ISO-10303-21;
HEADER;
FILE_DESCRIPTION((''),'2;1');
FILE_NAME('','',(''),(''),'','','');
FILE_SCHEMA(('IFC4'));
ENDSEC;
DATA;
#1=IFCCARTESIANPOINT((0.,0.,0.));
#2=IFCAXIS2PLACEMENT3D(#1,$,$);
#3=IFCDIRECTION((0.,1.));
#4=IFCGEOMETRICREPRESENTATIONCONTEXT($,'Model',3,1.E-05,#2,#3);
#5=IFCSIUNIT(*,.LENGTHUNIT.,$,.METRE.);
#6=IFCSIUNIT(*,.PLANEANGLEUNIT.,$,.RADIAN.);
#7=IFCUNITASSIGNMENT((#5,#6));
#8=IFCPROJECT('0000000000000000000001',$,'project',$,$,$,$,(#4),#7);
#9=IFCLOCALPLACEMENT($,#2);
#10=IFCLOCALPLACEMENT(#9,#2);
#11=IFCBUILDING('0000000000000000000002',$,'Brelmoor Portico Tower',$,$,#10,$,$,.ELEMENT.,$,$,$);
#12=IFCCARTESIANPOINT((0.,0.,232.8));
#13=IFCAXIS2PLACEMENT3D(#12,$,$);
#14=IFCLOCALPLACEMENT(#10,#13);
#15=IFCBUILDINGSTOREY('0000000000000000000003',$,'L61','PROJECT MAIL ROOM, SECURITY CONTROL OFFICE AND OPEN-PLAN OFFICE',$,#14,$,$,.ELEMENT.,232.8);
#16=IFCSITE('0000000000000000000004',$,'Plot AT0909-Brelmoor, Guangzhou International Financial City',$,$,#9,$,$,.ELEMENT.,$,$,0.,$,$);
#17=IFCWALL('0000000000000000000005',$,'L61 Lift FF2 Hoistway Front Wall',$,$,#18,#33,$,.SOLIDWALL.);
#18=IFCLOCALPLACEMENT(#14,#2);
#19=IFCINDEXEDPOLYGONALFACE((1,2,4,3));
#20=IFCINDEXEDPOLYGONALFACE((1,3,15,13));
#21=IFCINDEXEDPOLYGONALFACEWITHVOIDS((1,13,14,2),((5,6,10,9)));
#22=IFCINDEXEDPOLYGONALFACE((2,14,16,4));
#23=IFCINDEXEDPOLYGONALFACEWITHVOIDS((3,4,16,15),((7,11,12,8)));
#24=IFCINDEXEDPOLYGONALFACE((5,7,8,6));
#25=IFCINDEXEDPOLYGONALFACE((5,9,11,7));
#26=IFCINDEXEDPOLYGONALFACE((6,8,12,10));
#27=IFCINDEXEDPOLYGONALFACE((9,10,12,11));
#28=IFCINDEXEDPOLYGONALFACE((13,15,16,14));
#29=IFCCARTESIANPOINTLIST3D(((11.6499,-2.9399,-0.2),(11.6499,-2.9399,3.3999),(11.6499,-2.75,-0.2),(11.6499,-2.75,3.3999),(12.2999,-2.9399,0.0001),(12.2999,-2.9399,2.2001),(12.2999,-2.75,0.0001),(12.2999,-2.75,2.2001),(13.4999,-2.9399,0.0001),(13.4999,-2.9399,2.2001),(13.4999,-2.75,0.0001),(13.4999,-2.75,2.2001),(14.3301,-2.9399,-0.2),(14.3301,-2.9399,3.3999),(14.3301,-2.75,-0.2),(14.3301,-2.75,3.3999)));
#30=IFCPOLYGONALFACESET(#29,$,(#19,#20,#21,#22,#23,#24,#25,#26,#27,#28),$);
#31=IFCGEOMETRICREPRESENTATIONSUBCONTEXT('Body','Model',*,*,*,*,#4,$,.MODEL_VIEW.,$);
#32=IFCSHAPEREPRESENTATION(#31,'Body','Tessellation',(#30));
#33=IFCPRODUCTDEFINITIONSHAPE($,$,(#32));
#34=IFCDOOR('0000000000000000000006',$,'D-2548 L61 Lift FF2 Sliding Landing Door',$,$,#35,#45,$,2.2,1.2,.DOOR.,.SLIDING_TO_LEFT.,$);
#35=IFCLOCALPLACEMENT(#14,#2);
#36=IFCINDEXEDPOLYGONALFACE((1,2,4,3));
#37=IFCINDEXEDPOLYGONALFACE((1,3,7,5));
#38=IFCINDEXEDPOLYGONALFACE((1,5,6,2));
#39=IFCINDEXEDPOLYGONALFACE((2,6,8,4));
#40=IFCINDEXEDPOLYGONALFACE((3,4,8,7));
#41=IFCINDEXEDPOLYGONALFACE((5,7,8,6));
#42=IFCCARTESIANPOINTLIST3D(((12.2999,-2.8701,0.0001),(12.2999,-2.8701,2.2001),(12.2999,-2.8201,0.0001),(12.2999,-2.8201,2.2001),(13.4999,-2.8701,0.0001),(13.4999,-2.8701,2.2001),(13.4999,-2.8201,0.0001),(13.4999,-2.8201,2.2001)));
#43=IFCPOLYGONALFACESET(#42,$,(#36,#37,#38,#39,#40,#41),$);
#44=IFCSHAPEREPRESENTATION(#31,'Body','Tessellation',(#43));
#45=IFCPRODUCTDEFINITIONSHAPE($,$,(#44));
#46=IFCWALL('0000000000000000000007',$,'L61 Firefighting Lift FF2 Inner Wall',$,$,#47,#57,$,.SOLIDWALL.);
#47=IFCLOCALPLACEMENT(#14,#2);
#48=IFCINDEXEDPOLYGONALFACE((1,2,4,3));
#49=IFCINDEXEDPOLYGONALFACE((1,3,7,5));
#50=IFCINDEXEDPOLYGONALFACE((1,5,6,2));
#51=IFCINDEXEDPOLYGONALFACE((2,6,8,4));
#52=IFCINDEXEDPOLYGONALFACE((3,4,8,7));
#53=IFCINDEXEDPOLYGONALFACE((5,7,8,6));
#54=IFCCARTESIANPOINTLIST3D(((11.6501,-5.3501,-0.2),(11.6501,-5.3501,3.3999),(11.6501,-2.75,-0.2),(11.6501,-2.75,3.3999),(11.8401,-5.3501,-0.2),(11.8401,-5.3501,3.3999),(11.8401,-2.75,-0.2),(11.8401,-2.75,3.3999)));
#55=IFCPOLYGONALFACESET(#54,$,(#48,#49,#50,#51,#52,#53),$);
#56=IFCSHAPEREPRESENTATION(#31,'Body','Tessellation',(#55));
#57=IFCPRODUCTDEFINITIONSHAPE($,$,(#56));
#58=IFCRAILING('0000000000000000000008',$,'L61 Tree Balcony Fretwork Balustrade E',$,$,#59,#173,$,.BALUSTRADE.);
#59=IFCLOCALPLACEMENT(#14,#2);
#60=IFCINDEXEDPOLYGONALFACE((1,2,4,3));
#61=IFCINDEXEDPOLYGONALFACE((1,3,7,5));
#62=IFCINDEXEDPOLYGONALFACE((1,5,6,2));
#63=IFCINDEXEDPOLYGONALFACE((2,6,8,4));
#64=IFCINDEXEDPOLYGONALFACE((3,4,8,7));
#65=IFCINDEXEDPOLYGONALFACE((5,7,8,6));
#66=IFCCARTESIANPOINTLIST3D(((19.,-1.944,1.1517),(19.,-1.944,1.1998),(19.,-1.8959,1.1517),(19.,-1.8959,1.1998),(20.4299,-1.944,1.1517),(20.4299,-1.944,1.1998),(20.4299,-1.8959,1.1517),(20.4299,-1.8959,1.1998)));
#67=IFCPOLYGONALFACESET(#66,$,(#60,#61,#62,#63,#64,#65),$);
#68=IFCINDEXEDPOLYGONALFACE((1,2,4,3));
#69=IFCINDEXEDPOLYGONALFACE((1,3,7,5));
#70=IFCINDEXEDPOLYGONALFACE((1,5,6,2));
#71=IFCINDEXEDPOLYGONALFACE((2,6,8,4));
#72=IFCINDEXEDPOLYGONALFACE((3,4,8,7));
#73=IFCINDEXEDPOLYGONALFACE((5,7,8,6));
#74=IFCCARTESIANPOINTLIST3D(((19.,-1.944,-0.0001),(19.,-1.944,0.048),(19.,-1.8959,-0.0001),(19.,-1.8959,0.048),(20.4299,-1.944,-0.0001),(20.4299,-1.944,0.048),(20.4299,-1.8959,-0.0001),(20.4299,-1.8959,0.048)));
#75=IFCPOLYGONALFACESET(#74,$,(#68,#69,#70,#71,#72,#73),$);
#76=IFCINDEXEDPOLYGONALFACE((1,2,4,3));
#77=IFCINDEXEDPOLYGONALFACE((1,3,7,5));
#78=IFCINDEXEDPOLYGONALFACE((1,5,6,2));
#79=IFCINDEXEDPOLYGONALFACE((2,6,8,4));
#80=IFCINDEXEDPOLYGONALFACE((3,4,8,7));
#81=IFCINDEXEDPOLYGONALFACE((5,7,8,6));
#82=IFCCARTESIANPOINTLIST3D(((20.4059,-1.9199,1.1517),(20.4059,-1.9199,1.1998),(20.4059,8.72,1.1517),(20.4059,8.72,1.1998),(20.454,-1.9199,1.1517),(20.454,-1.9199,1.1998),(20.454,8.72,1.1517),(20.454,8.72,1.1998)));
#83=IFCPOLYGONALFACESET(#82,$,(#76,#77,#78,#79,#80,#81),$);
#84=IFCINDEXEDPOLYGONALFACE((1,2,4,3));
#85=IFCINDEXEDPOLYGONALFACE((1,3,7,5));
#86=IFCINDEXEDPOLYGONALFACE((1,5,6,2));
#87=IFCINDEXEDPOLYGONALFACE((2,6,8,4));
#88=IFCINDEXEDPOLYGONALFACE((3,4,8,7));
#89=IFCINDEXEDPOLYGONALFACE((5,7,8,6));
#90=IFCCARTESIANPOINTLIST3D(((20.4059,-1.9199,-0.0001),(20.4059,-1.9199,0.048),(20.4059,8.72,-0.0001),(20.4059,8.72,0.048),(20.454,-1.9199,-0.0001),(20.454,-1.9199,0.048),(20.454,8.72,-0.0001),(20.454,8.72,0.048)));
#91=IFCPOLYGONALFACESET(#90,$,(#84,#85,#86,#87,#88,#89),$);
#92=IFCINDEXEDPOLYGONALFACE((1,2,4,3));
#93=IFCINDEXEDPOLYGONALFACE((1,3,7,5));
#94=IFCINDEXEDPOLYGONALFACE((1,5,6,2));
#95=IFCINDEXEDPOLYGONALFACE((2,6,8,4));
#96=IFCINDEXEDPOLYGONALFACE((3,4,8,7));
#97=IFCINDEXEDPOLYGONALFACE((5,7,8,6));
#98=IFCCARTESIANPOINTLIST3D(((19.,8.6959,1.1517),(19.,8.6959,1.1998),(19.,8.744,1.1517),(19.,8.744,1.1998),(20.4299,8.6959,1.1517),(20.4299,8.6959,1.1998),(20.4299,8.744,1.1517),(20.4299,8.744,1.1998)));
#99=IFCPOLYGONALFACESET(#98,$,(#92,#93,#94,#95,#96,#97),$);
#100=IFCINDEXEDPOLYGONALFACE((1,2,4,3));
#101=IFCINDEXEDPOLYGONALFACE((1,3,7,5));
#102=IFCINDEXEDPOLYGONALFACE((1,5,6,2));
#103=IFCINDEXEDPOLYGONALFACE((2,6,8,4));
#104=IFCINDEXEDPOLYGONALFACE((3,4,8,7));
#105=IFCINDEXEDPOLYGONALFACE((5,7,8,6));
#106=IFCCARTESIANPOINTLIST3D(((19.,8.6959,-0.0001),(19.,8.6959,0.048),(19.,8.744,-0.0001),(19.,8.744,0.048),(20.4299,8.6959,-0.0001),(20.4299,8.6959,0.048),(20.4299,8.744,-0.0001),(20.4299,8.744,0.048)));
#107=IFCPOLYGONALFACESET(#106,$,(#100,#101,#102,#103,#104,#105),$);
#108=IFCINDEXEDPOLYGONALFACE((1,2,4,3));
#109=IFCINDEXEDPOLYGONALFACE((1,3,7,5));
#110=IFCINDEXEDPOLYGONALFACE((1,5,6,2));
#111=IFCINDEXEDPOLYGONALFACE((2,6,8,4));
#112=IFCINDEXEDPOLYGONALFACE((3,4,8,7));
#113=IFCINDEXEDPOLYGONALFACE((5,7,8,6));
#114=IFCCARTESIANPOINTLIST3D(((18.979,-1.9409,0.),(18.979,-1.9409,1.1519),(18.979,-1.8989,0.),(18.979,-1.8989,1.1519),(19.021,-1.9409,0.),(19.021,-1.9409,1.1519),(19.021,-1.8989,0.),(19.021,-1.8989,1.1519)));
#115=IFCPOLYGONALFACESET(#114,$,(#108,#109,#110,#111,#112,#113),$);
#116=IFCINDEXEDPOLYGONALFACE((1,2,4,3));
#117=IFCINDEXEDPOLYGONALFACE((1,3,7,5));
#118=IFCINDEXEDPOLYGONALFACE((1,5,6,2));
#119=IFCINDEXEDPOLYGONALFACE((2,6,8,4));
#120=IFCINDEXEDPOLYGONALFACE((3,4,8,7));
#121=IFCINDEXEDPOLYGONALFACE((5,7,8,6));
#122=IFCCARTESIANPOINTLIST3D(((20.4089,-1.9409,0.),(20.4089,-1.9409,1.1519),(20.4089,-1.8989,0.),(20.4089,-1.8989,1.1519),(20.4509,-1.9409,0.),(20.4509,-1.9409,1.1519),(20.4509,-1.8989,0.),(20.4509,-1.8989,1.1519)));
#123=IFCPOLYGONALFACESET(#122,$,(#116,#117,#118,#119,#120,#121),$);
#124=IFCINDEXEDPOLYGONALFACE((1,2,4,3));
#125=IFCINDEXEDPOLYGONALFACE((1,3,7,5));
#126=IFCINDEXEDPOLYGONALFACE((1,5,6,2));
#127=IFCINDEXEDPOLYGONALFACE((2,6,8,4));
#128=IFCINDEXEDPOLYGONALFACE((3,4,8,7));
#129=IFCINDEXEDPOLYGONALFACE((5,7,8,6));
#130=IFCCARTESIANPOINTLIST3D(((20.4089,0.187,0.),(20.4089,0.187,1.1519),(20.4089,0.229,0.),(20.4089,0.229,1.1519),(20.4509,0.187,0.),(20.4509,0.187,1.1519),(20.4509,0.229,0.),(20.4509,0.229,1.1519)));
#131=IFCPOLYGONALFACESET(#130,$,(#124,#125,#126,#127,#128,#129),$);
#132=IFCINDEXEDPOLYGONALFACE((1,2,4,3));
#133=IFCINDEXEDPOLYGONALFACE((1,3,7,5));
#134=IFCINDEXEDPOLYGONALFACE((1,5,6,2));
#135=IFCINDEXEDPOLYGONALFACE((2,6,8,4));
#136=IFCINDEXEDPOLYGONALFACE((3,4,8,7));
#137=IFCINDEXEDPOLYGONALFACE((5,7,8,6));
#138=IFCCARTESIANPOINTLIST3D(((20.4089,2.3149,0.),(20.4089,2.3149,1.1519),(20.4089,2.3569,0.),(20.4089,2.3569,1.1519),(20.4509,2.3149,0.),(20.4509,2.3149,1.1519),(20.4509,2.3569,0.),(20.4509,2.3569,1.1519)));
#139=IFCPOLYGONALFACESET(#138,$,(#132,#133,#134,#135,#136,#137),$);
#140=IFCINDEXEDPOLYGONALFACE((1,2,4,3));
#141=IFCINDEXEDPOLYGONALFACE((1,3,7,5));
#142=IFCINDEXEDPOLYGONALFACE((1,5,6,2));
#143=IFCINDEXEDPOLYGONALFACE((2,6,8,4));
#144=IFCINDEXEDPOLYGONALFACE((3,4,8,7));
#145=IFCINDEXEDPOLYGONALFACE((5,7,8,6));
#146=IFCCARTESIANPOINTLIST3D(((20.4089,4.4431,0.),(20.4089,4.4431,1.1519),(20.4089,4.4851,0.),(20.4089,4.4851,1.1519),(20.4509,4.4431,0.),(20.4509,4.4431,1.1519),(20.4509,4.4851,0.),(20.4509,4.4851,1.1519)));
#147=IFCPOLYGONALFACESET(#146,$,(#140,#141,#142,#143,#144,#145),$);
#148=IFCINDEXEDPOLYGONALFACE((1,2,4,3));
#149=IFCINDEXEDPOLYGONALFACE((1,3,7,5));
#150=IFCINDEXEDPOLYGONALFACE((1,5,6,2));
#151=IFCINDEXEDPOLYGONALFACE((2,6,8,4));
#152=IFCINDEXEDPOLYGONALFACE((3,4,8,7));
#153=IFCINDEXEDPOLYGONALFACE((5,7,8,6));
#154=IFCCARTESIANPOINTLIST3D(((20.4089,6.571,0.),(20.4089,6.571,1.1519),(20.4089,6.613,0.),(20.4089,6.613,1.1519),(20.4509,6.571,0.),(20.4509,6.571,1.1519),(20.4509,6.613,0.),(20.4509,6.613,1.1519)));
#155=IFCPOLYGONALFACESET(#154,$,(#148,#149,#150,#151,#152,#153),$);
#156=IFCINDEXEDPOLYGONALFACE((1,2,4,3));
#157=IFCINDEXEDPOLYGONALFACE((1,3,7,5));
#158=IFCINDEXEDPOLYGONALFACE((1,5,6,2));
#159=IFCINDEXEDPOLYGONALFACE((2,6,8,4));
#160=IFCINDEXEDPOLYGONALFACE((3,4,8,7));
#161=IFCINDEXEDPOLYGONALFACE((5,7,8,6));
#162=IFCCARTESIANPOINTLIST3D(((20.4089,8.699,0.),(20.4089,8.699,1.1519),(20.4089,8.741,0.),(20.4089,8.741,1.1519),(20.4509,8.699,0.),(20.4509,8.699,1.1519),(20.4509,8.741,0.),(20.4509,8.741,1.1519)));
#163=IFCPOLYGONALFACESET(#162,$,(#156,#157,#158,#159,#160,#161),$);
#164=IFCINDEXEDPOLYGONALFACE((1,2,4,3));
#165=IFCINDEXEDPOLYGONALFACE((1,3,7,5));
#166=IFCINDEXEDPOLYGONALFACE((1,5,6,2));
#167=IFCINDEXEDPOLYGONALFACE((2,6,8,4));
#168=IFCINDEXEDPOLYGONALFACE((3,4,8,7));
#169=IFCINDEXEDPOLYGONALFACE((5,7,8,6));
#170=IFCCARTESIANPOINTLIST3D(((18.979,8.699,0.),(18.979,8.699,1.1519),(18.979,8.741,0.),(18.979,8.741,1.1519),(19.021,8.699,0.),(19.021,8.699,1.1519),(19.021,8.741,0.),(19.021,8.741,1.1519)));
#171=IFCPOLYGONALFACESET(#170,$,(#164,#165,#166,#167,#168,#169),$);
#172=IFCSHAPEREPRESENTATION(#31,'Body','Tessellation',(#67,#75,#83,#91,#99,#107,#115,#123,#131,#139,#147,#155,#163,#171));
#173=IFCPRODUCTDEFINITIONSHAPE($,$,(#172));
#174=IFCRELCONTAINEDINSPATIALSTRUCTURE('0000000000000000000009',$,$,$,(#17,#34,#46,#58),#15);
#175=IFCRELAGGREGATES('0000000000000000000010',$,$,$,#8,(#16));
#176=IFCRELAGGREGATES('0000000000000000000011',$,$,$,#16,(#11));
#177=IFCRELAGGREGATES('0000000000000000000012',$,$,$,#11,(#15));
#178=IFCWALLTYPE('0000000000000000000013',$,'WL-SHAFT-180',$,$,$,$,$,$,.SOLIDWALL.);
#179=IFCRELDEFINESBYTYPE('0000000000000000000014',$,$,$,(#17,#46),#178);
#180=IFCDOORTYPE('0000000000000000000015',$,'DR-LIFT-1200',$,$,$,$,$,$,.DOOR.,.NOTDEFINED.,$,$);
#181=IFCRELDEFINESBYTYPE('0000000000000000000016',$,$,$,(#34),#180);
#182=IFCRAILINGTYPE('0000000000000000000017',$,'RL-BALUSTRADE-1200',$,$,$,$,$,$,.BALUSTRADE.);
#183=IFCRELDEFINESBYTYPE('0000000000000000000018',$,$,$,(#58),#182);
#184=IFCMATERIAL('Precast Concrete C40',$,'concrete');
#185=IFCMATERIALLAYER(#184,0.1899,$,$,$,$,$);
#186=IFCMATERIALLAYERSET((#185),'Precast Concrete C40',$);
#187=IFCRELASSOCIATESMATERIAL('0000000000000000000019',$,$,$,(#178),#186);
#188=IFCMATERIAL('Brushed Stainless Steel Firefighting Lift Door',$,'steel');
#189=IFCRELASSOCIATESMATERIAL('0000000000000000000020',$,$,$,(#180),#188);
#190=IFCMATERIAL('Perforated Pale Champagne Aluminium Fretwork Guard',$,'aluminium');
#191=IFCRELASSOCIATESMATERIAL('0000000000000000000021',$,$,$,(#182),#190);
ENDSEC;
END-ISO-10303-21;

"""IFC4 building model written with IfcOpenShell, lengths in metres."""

from ifc_helpers import new_model, si_unit, direction, frame, frame_2d, origin, origin_2d, place, context, subcontext, project, spatial, rectangle, extrude, material, layer, layer_set, type_object, element, fill, save


model = new_model("IFC4")

# Units and contexts
model_context = context("Model", 3, precision=1e-05, world=origin(), true_north=direction((0.0, 1.0)))
body_context = subcontext(model_context, "Body", "Model", "MODEL_VIEW")
ifc_project = project(units=[si_unit("LENGTHUNIT", "METRE"), si_unit("PLANEANGLEUNIT", "RADIAN")], contexts=[model_context])

# Site, building, storey
site_placement = place(None, origin())
site = spatial("IfcSite", under=ifc_project, at=site_placement, Name="Plot AT0909-Brelmoor, Guangzhou International Financial City", CompositionType="ELEMENT", RefElevation=0.0)
building_placement = place(site_placement, origin())
building = spatial("IfcBuilding", under=site, at=building_placement, Name="Brelmoor Portico Tower", CompositionType="ELEMENT")
storey_placement = place(building_placement, frame((0.0, 0.0, 232.8)))
storey = spatial("IfcBuildingStorey", under=building, at=storey_placement, Name="L61", Description="PROJECT MAIL ROOM, SECURITY CONTROL OFFICE AND OPEN-PLAN OFFICE", CompositionType="ELEMENT", Elevation=232.8)

# Wall, opening, door
ifc_material_1 = material(Name="Precast Concrete C40", Category="concrete")
ifc_layer_1 = layer(ifc_material_1, 0.1899)
ifc_layer_set_1 = layer_set([ifc_layer_1], Name="Precast Concrete C40")
wall_type_1 = type_object("IfcWallType", Name="WL-SHAFT-180", PredefinedType="SOLIDWALL", material=ifc_layer_set_1)
wall_1_placement = place(storey_placement, frame((11.6499, -2.845, -0.2), z_axis=(0.0, 0.0, 1.0), x_axis=(1.0, 0.0, 0.0)))
wall_1 = element("IfcWall", 1, at=wall_1_placement, inside=storey, type_object=wall_type_1, Name="L61 Lift FF2 Hoistway Front Wall", PredefinedType="SOLIDWALL", context=body_context, shape_type="SweptSolid", body=[
    extrude(rectangle(XDim=2.6802, YDim=0.1899, at=frame_2d((1.3401, 0.0))), origin(), (0.0, 0.0, 1.0), 3.5999),
])
opening_1_placement = place(wall_1_placement, frame((0.6499, 0.0, 0.2)))
opening_1 = element("IfcOpeningElement", 2, at=opening_1_placement, cuts=wall_1, PredefinedType="OPENING", context=body_context, shape_type="SweptSolid", body=[
    extrude(rectangle(XDim=1.2, YDim=2.2, at=frame_2d((0.6001, 1.1001))), frame((0.0, 0.105, 0.0), z_axis=(0.0, -1.0, 0.0), x_axis=(1.0, 0.0, 0.0)), (0.0, 0.0, 1.0), 0.21),
])
ifc_material_2 = material(Name="Brushed Stainless Steel Firefighting Lift Door", Category="steel")
door_type_1 = type_object("IfcDoorType", Name="DR-LIFT-1200", OperationType="NOTDEFINED", PredefinedType="DOOR", material=ifc_material_2)
door_1_placement = place(opening_1_placement, origin())
door_1 = element("IfcDoor", 3, at=door_1_placement, inside=storey, type_object=door_type_1, Name="D-2548 L61 Lift FF2 Sliding Landing Door", OperationType="SLIDING_TO_LEFT", OverallHeight=2.2, OverallWidth=1.2, PredefinedType="DOOR", context=body_context, shape_type="SweptSolid", body=[
    extrude(rectangle(XDim=1.2, YDim=2.2, at=frame_2d((0.6001, 1.1001))), frame((0.0, 0.0249, 0.0), z_axis=(0.0, -1.0, 0.0), x_axis=(1.0, 0.0, 0.0)), (0.0, 0.0, 1.0), 0.05),
])
fill(opening_1, door_1)

# Wall
wall_2_placement = place(storey_placement, frame((11.7451, -5.3501, -0.2), z_axis=(0.0, 0.0, 1.0), x_axis=(0.0, 1.0, 0.0)))
element("IfcWall", 4, at=wall_2_placement, inside=storey, type_object=wall_type_1, Name="L61 Firefighting Lift FF2 Inner Wall", PredefinedType="SOLIDWALL", context=body_context, shape_type="SweptSolid", body=[
    extrude(rectangle(XDim=2.6001, YDim=0.1899, at=frame_2d((1.3, 0.0))), origin(), (0.0, 0.0, 1.0), 3.5999),
])

# Railing
ifc_material_3 = material(Name="Perforated Pale Champagne Aluminium Fretwork Guard", Category="aluminium")
railing_type = type_object("IfcRailingType", Name="RL-BALUSTRADE-1200", PredefinedType="BALUSTRADE", material=ifc_material_3)
railing_placement = place(storey_placement, frame((19.0, -1.9199, 0.0)))
element("IfcRailing", 5, at=railing_placement, inside=storey, type_object=railing_type, Name="L61 Tree Balcony Fretwork Balustrade E", PredefinedType="BALUSTRADE", context=body_context, shape_type="SweptSolid", body=[
    extrude(rectangle(XDim=0.0481, YDim=0.0481, at=origin_2d()), frame((0.0, 0.0, 1.1758), z_axis=(1.0, 0.0, 0.0), x_axis=(0.0, 1.0, 0.0)), (0.0, 0.0, 1.0), 1.4299),
    extrude(rectangle(XDim=0.0481, YDim=0.0481, at=origin_2d()), frame((0.0, 0.0, 0.0239), z_axis=(1.0, 0.0, 0.0), x_axis=(0.0, 1.0, 0.0)), (0.0, 0.0, 1.0), 1.4299),
    extrude(rectangle(XDim=0.0481, YDim=0.0481, at=origin_2d()), frame((1.4299, 0.0, 1.1758), z_axis=(0.0, 1.0, 0.0), x_axis=(-1.0, 0.0, 0.0)), (0.0, 0.0, 1.0), 10.6399),
    extrude(rectangle(XDim=0.0481, YDim=0.0481, at=origin_2d()), frame((1.4299, 0.0, 0.0239), z_axis=(0.0, 1.0, 0.0), x_axis=(-1.0, 0.0, 0.0)), (0.0, 0.0, 1.0), 10.6399),
    extrude(rectangle(XDim=0.0481, YDim=0.0481, at=origin_2d()), frame((1.4299, 10.6399, 1.1758), z_axis=(-1.0, 0.0, 0.0), x_axis=(0.0, -1.0, 0.0)), (0.0, 0.0, 1.0), 1.4299),
    extrude(rectangle(XDim=0.0481, YDim=0.0481, at=origin_2d()), frame((1.4299, 10.6399, 0.0239), z_axis=(-1.0, 0.0, 0.0), x_axis=(0.0, -1.0, 0.0)), (0.0, 0.0, 1.0), 1.4299),
    extrude(rectangle(XDim=0.042, YDim=0.042, at=origin_2d()), origin(), (0.0, 0.0, 1.0), 1.1519),
    extrude(rectangle(XDim=0.042, YDim=0.042, at=origin_2d()), frame((1.4299, 0.0, 0.0)), (0.0, 0.0, 1.0), 1.1519),
    extrude(rectangle(XDim=0.042, YDim=0.042, at=origin_2d()), frame((1.4299, 2.1279, 0.0)), (0.0, 0.0, 1.0), 1.1519),
    extrude(rectangle(XDim=0.042, YDim=0.042, at=origin_2d()), frame((1.4299, 4.2559, 0.0)), (0.0, 0.0, 1.0), 1.1519),
    extrude(rectangle(XDim=0.042, YDim=0.042, at=origin_2d()), frame((1.4299, 6.384, 0.0)), (0.0, 0.0, 1.0), 1.1519),
    extrude(rectangle(XDim=0.042, YDim=0.042, at=origin_2d()), frame((1.4299, 8.512, 0.0)), (0.0, 0.0, 1.0), 1.1519),
    extrude(rectangle(XDim=0.042, YDim=0.042, at=origin_2d()), frame((1.4299, 10.6399, 0.0)), (0.0, 0.0, 1.0), 1.1519),
    extrude(rectangle(XDim=0.042, YDim=0.042, at=origin_2d()), frame((0.0, 10.6399, 0.0)), (0.0, 0.0, 1.0), 1.1519),
])

save(model, "model.ifc")
